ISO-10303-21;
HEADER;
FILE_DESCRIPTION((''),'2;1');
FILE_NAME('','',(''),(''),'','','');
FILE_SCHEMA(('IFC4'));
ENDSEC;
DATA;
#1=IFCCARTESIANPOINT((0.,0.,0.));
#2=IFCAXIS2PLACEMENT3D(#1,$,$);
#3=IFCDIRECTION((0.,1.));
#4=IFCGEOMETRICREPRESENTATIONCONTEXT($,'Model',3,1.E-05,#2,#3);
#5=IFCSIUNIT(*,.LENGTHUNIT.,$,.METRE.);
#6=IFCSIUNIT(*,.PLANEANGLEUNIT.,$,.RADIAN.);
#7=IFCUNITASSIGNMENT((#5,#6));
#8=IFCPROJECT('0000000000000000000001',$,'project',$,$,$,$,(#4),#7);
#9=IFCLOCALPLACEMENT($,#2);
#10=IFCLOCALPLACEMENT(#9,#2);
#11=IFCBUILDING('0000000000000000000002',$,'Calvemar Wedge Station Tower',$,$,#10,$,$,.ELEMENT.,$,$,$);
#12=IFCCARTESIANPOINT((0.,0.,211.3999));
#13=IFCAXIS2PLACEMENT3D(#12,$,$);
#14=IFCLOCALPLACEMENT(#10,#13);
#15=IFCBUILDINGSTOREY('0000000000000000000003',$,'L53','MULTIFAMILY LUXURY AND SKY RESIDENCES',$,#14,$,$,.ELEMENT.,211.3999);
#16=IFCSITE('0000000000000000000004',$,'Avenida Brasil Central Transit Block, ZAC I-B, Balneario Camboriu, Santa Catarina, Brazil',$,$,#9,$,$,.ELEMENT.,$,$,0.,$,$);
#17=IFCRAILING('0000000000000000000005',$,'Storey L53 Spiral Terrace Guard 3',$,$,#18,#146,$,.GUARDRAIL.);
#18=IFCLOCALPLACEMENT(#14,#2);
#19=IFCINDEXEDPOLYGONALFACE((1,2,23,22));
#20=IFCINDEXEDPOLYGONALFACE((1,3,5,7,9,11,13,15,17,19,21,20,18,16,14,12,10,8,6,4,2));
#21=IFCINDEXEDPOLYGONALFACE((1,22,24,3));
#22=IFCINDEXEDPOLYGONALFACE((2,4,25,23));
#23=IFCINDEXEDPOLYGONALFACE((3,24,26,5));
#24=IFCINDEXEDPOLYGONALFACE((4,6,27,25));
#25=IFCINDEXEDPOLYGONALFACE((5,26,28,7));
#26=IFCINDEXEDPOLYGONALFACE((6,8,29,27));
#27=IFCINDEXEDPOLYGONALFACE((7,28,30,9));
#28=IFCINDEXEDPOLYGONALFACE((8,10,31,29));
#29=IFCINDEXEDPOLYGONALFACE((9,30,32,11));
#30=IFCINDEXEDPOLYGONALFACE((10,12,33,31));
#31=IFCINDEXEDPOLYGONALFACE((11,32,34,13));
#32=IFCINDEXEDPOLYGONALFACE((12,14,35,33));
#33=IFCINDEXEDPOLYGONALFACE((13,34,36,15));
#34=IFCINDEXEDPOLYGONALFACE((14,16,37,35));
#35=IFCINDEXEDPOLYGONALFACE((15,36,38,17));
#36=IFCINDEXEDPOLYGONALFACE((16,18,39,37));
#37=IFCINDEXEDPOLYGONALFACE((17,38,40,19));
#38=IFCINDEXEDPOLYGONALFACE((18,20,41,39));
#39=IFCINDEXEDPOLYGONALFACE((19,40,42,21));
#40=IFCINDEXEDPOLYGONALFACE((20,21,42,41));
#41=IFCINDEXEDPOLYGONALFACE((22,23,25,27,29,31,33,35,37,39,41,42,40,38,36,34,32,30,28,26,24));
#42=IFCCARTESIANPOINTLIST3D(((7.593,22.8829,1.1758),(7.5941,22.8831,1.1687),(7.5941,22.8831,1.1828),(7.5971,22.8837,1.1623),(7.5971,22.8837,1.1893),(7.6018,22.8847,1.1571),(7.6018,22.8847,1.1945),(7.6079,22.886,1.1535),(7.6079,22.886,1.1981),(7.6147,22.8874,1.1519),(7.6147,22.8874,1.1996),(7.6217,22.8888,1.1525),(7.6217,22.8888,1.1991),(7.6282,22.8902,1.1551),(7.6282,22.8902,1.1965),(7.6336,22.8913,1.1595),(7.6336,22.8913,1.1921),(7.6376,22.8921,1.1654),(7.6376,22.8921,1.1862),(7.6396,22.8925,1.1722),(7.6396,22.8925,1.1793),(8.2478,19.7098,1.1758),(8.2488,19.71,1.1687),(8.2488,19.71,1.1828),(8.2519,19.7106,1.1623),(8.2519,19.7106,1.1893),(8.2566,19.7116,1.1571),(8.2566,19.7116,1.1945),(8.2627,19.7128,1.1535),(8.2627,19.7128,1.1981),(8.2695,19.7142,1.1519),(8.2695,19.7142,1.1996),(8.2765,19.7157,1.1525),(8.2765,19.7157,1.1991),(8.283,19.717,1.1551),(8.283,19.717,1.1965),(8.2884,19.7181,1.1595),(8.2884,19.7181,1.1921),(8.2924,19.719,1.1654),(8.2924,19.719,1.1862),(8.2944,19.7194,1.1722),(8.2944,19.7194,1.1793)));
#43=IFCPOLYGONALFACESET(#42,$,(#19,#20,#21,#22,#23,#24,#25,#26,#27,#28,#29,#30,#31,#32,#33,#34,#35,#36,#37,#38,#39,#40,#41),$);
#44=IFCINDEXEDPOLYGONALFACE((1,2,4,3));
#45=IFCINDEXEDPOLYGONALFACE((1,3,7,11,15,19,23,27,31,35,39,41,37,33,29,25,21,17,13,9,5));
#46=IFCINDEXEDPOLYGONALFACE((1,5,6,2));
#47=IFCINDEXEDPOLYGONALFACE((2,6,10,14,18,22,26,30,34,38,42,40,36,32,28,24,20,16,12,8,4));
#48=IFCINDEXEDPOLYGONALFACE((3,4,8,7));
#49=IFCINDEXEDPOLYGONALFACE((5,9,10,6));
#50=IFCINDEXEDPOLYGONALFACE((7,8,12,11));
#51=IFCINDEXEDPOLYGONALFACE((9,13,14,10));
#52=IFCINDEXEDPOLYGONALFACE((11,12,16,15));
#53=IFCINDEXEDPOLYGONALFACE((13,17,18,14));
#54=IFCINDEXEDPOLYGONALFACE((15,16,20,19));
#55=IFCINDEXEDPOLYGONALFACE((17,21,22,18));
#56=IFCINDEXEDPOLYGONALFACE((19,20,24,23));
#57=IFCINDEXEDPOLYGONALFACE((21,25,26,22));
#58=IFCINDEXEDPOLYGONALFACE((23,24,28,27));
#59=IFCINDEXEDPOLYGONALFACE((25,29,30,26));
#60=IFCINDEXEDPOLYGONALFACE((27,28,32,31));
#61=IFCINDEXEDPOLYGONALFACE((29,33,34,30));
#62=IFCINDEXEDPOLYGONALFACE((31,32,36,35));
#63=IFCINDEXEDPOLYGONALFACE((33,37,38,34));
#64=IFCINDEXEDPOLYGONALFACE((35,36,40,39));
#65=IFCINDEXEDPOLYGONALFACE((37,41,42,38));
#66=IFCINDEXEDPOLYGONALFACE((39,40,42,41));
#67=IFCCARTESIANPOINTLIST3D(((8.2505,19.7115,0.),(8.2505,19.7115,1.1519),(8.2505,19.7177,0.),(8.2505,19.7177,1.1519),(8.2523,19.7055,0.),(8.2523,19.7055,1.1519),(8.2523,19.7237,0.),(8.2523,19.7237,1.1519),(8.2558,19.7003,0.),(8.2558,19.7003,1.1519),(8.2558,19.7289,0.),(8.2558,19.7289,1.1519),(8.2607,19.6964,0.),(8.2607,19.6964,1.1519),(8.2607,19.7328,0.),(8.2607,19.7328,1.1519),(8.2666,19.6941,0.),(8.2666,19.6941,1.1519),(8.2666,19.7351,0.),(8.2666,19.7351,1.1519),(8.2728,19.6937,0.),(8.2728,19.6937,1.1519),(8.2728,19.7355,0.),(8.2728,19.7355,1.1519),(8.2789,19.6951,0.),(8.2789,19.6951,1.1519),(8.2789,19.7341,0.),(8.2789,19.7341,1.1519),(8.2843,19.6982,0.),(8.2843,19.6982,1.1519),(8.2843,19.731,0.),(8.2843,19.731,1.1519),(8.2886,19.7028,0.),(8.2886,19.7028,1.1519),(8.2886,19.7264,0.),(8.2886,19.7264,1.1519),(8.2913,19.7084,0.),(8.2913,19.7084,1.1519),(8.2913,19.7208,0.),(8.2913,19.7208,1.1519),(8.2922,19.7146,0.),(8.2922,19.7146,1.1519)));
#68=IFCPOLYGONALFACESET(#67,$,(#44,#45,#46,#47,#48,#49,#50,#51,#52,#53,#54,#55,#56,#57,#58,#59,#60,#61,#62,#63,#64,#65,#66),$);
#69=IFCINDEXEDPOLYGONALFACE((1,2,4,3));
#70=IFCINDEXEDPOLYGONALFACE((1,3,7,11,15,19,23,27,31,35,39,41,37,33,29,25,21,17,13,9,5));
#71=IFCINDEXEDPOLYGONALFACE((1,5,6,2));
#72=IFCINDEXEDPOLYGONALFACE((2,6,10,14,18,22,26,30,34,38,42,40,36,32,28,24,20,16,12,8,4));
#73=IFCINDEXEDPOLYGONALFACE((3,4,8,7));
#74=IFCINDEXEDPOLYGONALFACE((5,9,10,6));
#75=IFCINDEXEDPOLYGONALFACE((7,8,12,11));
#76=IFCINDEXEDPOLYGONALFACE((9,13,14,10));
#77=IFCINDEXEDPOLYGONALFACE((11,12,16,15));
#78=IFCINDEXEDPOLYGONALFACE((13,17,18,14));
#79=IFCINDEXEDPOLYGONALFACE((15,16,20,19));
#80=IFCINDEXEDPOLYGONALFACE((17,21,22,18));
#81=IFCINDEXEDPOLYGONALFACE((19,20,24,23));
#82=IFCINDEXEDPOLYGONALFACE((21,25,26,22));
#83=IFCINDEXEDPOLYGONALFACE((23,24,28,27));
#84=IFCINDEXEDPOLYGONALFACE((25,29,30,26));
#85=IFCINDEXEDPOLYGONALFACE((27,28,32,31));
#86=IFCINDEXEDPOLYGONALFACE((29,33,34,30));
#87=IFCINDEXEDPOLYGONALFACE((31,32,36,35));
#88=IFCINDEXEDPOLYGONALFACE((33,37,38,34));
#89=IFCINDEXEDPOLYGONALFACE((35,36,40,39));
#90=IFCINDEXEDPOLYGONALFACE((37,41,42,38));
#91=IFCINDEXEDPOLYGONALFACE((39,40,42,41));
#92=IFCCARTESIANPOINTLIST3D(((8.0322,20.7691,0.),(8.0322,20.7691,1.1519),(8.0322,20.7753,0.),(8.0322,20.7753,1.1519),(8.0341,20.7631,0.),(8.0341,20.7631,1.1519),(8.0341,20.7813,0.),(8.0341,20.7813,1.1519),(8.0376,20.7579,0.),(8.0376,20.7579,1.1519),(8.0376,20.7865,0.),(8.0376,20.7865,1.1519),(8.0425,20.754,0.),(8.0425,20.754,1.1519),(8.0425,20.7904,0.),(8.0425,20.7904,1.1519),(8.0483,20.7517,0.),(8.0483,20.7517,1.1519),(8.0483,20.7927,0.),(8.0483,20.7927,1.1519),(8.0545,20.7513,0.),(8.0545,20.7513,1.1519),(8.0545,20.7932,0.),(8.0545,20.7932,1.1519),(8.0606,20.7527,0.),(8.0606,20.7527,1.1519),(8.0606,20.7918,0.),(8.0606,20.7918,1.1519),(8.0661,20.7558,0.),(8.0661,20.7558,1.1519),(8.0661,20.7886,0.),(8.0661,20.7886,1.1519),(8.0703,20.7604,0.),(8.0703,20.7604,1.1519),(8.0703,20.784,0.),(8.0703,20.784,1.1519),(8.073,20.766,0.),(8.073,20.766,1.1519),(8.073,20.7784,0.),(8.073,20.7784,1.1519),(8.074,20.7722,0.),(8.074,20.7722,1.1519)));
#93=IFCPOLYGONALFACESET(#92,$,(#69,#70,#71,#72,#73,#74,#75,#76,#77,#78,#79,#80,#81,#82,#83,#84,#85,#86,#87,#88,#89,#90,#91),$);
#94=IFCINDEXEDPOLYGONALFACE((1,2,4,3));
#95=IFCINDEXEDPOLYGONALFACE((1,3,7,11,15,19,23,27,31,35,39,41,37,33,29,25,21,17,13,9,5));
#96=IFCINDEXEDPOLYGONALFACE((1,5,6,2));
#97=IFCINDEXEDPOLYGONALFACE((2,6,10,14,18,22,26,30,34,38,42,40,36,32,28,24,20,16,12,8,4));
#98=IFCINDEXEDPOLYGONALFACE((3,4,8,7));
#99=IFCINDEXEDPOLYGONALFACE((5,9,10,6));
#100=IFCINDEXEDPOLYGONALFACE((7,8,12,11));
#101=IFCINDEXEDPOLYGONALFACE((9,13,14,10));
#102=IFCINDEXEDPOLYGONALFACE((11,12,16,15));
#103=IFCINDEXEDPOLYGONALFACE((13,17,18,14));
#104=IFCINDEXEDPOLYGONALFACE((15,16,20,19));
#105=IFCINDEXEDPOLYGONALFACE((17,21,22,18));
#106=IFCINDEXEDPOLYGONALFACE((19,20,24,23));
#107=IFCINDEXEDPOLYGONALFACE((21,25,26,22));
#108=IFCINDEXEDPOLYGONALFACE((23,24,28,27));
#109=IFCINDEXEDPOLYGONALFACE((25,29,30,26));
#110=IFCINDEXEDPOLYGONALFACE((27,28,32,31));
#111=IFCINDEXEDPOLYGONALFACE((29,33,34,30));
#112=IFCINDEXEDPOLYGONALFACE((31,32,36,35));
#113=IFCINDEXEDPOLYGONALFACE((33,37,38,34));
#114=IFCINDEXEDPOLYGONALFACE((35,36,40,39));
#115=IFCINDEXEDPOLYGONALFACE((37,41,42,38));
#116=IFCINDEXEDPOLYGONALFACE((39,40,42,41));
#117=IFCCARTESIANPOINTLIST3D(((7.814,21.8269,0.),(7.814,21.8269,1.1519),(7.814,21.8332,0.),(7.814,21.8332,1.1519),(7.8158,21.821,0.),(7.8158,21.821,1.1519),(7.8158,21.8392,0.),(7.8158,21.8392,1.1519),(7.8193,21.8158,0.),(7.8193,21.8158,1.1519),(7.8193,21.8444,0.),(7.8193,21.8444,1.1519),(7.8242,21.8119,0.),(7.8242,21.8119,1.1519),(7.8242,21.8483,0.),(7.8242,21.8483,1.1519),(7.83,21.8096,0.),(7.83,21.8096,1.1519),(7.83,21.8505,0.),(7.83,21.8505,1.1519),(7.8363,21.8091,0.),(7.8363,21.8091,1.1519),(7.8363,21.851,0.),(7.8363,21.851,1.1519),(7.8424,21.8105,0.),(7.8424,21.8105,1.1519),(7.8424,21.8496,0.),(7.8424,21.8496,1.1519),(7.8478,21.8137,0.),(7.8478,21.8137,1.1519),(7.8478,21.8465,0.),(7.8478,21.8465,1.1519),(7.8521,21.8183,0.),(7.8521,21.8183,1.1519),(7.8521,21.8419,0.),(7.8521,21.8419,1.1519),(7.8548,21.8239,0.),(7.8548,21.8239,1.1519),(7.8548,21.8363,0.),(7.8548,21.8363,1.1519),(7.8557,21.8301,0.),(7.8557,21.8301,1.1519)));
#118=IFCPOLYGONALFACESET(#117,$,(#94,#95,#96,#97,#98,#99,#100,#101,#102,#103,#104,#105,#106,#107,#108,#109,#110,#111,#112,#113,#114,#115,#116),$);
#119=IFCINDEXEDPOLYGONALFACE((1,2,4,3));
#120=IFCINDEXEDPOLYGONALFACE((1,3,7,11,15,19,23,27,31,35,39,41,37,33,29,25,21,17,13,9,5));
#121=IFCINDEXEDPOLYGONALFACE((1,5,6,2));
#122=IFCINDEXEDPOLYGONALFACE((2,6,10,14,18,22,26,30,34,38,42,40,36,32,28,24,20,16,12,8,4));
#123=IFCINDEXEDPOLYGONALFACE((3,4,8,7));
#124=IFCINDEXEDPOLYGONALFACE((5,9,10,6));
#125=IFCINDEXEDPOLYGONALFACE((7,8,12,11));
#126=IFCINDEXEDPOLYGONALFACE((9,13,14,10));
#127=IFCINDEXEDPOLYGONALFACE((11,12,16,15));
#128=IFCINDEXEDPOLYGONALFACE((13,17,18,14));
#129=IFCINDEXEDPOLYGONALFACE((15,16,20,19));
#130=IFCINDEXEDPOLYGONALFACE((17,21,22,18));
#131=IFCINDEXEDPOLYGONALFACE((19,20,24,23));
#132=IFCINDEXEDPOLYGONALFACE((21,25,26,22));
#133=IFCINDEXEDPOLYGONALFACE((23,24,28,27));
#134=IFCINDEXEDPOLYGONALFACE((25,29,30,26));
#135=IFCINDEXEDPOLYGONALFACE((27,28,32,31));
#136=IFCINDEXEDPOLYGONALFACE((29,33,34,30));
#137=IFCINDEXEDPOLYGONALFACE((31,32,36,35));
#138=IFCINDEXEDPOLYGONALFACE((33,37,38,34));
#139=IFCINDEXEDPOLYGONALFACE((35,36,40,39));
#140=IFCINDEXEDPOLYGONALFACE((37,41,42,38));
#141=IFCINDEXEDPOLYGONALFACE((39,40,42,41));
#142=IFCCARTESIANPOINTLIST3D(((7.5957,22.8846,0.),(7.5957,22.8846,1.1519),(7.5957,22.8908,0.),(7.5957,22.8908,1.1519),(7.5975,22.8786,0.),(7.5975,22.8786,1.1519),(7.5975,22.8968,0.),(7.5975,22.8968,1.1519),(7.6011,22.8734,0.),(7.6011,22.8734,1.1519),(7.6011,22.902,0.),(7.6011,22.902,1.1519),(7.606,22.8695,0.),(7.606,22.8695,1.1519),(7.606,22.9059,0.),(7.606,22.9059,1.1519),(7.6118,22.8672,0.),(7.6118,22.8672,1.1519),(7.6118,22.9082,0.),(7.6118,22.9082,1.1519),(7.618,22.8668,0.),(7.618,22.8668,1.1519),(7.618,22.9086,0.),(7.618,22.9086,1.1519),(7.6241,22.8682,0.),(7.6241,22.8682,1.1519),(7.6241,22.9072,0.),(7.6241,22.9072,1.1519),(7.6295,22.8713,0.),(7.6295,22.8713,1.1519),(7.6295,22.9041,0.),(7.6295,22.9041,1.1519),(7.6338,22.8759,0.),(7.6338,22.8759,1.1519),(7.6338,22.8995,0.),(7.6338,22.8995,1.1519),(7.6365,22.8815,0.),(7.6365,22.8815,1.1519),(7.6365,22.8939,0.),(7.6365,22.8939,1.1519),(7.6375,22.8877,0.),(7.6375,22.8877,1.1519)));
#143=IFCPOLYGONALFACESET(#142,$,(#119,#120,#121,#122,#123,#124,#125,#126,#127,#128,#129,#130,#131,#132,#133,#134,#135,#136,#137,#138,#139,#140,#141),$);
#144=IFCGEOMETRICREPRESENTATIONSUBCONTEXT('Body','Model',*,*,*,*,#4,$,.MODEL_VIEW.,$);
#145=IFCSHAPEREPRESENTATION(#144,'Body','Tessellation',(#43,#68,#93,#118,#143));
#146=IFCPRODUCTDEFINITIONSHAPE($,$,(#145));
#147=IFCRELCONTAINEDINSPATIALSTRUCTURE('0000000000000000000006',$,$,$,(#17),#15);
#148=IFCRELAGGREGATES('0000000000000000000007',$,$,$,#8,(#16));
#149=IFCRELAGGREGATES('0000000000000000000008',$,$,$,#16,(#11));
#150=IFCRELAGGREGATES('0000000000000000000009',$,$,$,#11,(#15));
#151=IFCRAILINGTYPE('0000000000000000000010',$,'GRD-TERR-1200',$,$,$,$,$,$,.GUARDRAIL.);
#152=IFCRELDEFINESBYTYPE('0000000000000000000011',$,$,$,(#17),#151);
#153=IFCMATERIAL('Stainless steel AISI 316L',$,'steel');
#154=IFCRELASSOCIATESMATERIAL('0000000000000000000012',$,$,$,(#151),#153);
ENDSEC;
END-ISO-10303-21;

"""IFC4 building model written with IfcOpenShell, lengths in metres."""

from ifc_helpers import new_model, si_unit, direction, frame, origin, origin_2d, place, context, subcontext, project, spatial, circle, extrude, material, type_object, element, save


model = new_model("IFC4")

# Units and contexts
model_context = context("Model", 3, precision=1e-05, world=origin(), true_north=direction((0.0, 1.0)))
body_context = subcontext(model_context, "Body", "Model", "MODEL_VIEW")
ifc_project = project(units=[si_unit("LENGTHUNIT", "METRE"), si_unit("PLANEANGLEUNIT", "RADIAN")], contexts=[model_context])

# Site, building, storey
site_placement = place(None, origin())
site = spatial("IfcSite", under=ifc_project, at=site_placement, Name="Avenida Brasil Central Transit Block, ZAC I-B, Balneario Camboriu, Santa Catarina, Brazil", CompositionType="ELEMENT", RefElevation=0.0)
building_placement = place(site_placement, origin())
building = spatial("IfcBuilding", under=site, at=building_placement, Name="Calvemar Wedge Station Tower", CompositionType="ELEMENT")
storey_placement = place(building_placement, frame((0.0, 0.0, 211.3999)))
storey = spatial("IfcBuildingStorey", under=building, at=storey_placement, Name="L53", Description="MULTIFAMILY LUXURY AND SKY RESIDENCES", CompositionType="ELEMENT", Elevation=211.3999)

# Railing
ifc_material_1 = material(Name="Stainless steel AISI 316L", Category="steel")
railing_type = type_object("IfcRailingType", Name="GRD-TERR-1200", PredefinedType="GUARDRAIL", material=ifc_material_1)
railing_1_placement = place(storey_placement, frame((8.2712, 19.7146, 0.0)))
element("IfcRailing", 1, at=railing_1_placement, inside=storey, type_object=railing_type, Name="Storey L53 Spiral Terrace Guard 3", PredefinedType="GUARDRAIL", context=body_context, shape_type="SweptSolid", body=[
    extrude(circle(Radius=0.0239, at=origin_2d()), frame((0.0, 0.0, 1.1758), z_axis=(-0.202097, 0.979365, 0.0), x_axis=(-0.979365, -0.202097, 0.0)), (0.0, 0.0, 1.0), 3.24),
    extrude(circle(Radius=0.021, at=origin_2d()), origin(), (0.0, 0.0, 1.0), 1.1519),
    extrude(circle(Radius=0.021, at=origin_2d()), frame((-0.2183, 1.0576, 0.0)), (0.0, 0.0, 1.0), 1.1519),
    extrude(circle(Radius=0.021, at=origin_2d()), frame((-0.4365, 2.1155, 0.0)), (0.0, 0.0, 1.0), 1.1519),
    extrude(circle(Radius=0.021, at=origin_2d()), frame((-0.6548, 3.1731, 0.0)), (0.0, 0.0, 1.0), 1.1519),
])

save(model, "model.ifc")
